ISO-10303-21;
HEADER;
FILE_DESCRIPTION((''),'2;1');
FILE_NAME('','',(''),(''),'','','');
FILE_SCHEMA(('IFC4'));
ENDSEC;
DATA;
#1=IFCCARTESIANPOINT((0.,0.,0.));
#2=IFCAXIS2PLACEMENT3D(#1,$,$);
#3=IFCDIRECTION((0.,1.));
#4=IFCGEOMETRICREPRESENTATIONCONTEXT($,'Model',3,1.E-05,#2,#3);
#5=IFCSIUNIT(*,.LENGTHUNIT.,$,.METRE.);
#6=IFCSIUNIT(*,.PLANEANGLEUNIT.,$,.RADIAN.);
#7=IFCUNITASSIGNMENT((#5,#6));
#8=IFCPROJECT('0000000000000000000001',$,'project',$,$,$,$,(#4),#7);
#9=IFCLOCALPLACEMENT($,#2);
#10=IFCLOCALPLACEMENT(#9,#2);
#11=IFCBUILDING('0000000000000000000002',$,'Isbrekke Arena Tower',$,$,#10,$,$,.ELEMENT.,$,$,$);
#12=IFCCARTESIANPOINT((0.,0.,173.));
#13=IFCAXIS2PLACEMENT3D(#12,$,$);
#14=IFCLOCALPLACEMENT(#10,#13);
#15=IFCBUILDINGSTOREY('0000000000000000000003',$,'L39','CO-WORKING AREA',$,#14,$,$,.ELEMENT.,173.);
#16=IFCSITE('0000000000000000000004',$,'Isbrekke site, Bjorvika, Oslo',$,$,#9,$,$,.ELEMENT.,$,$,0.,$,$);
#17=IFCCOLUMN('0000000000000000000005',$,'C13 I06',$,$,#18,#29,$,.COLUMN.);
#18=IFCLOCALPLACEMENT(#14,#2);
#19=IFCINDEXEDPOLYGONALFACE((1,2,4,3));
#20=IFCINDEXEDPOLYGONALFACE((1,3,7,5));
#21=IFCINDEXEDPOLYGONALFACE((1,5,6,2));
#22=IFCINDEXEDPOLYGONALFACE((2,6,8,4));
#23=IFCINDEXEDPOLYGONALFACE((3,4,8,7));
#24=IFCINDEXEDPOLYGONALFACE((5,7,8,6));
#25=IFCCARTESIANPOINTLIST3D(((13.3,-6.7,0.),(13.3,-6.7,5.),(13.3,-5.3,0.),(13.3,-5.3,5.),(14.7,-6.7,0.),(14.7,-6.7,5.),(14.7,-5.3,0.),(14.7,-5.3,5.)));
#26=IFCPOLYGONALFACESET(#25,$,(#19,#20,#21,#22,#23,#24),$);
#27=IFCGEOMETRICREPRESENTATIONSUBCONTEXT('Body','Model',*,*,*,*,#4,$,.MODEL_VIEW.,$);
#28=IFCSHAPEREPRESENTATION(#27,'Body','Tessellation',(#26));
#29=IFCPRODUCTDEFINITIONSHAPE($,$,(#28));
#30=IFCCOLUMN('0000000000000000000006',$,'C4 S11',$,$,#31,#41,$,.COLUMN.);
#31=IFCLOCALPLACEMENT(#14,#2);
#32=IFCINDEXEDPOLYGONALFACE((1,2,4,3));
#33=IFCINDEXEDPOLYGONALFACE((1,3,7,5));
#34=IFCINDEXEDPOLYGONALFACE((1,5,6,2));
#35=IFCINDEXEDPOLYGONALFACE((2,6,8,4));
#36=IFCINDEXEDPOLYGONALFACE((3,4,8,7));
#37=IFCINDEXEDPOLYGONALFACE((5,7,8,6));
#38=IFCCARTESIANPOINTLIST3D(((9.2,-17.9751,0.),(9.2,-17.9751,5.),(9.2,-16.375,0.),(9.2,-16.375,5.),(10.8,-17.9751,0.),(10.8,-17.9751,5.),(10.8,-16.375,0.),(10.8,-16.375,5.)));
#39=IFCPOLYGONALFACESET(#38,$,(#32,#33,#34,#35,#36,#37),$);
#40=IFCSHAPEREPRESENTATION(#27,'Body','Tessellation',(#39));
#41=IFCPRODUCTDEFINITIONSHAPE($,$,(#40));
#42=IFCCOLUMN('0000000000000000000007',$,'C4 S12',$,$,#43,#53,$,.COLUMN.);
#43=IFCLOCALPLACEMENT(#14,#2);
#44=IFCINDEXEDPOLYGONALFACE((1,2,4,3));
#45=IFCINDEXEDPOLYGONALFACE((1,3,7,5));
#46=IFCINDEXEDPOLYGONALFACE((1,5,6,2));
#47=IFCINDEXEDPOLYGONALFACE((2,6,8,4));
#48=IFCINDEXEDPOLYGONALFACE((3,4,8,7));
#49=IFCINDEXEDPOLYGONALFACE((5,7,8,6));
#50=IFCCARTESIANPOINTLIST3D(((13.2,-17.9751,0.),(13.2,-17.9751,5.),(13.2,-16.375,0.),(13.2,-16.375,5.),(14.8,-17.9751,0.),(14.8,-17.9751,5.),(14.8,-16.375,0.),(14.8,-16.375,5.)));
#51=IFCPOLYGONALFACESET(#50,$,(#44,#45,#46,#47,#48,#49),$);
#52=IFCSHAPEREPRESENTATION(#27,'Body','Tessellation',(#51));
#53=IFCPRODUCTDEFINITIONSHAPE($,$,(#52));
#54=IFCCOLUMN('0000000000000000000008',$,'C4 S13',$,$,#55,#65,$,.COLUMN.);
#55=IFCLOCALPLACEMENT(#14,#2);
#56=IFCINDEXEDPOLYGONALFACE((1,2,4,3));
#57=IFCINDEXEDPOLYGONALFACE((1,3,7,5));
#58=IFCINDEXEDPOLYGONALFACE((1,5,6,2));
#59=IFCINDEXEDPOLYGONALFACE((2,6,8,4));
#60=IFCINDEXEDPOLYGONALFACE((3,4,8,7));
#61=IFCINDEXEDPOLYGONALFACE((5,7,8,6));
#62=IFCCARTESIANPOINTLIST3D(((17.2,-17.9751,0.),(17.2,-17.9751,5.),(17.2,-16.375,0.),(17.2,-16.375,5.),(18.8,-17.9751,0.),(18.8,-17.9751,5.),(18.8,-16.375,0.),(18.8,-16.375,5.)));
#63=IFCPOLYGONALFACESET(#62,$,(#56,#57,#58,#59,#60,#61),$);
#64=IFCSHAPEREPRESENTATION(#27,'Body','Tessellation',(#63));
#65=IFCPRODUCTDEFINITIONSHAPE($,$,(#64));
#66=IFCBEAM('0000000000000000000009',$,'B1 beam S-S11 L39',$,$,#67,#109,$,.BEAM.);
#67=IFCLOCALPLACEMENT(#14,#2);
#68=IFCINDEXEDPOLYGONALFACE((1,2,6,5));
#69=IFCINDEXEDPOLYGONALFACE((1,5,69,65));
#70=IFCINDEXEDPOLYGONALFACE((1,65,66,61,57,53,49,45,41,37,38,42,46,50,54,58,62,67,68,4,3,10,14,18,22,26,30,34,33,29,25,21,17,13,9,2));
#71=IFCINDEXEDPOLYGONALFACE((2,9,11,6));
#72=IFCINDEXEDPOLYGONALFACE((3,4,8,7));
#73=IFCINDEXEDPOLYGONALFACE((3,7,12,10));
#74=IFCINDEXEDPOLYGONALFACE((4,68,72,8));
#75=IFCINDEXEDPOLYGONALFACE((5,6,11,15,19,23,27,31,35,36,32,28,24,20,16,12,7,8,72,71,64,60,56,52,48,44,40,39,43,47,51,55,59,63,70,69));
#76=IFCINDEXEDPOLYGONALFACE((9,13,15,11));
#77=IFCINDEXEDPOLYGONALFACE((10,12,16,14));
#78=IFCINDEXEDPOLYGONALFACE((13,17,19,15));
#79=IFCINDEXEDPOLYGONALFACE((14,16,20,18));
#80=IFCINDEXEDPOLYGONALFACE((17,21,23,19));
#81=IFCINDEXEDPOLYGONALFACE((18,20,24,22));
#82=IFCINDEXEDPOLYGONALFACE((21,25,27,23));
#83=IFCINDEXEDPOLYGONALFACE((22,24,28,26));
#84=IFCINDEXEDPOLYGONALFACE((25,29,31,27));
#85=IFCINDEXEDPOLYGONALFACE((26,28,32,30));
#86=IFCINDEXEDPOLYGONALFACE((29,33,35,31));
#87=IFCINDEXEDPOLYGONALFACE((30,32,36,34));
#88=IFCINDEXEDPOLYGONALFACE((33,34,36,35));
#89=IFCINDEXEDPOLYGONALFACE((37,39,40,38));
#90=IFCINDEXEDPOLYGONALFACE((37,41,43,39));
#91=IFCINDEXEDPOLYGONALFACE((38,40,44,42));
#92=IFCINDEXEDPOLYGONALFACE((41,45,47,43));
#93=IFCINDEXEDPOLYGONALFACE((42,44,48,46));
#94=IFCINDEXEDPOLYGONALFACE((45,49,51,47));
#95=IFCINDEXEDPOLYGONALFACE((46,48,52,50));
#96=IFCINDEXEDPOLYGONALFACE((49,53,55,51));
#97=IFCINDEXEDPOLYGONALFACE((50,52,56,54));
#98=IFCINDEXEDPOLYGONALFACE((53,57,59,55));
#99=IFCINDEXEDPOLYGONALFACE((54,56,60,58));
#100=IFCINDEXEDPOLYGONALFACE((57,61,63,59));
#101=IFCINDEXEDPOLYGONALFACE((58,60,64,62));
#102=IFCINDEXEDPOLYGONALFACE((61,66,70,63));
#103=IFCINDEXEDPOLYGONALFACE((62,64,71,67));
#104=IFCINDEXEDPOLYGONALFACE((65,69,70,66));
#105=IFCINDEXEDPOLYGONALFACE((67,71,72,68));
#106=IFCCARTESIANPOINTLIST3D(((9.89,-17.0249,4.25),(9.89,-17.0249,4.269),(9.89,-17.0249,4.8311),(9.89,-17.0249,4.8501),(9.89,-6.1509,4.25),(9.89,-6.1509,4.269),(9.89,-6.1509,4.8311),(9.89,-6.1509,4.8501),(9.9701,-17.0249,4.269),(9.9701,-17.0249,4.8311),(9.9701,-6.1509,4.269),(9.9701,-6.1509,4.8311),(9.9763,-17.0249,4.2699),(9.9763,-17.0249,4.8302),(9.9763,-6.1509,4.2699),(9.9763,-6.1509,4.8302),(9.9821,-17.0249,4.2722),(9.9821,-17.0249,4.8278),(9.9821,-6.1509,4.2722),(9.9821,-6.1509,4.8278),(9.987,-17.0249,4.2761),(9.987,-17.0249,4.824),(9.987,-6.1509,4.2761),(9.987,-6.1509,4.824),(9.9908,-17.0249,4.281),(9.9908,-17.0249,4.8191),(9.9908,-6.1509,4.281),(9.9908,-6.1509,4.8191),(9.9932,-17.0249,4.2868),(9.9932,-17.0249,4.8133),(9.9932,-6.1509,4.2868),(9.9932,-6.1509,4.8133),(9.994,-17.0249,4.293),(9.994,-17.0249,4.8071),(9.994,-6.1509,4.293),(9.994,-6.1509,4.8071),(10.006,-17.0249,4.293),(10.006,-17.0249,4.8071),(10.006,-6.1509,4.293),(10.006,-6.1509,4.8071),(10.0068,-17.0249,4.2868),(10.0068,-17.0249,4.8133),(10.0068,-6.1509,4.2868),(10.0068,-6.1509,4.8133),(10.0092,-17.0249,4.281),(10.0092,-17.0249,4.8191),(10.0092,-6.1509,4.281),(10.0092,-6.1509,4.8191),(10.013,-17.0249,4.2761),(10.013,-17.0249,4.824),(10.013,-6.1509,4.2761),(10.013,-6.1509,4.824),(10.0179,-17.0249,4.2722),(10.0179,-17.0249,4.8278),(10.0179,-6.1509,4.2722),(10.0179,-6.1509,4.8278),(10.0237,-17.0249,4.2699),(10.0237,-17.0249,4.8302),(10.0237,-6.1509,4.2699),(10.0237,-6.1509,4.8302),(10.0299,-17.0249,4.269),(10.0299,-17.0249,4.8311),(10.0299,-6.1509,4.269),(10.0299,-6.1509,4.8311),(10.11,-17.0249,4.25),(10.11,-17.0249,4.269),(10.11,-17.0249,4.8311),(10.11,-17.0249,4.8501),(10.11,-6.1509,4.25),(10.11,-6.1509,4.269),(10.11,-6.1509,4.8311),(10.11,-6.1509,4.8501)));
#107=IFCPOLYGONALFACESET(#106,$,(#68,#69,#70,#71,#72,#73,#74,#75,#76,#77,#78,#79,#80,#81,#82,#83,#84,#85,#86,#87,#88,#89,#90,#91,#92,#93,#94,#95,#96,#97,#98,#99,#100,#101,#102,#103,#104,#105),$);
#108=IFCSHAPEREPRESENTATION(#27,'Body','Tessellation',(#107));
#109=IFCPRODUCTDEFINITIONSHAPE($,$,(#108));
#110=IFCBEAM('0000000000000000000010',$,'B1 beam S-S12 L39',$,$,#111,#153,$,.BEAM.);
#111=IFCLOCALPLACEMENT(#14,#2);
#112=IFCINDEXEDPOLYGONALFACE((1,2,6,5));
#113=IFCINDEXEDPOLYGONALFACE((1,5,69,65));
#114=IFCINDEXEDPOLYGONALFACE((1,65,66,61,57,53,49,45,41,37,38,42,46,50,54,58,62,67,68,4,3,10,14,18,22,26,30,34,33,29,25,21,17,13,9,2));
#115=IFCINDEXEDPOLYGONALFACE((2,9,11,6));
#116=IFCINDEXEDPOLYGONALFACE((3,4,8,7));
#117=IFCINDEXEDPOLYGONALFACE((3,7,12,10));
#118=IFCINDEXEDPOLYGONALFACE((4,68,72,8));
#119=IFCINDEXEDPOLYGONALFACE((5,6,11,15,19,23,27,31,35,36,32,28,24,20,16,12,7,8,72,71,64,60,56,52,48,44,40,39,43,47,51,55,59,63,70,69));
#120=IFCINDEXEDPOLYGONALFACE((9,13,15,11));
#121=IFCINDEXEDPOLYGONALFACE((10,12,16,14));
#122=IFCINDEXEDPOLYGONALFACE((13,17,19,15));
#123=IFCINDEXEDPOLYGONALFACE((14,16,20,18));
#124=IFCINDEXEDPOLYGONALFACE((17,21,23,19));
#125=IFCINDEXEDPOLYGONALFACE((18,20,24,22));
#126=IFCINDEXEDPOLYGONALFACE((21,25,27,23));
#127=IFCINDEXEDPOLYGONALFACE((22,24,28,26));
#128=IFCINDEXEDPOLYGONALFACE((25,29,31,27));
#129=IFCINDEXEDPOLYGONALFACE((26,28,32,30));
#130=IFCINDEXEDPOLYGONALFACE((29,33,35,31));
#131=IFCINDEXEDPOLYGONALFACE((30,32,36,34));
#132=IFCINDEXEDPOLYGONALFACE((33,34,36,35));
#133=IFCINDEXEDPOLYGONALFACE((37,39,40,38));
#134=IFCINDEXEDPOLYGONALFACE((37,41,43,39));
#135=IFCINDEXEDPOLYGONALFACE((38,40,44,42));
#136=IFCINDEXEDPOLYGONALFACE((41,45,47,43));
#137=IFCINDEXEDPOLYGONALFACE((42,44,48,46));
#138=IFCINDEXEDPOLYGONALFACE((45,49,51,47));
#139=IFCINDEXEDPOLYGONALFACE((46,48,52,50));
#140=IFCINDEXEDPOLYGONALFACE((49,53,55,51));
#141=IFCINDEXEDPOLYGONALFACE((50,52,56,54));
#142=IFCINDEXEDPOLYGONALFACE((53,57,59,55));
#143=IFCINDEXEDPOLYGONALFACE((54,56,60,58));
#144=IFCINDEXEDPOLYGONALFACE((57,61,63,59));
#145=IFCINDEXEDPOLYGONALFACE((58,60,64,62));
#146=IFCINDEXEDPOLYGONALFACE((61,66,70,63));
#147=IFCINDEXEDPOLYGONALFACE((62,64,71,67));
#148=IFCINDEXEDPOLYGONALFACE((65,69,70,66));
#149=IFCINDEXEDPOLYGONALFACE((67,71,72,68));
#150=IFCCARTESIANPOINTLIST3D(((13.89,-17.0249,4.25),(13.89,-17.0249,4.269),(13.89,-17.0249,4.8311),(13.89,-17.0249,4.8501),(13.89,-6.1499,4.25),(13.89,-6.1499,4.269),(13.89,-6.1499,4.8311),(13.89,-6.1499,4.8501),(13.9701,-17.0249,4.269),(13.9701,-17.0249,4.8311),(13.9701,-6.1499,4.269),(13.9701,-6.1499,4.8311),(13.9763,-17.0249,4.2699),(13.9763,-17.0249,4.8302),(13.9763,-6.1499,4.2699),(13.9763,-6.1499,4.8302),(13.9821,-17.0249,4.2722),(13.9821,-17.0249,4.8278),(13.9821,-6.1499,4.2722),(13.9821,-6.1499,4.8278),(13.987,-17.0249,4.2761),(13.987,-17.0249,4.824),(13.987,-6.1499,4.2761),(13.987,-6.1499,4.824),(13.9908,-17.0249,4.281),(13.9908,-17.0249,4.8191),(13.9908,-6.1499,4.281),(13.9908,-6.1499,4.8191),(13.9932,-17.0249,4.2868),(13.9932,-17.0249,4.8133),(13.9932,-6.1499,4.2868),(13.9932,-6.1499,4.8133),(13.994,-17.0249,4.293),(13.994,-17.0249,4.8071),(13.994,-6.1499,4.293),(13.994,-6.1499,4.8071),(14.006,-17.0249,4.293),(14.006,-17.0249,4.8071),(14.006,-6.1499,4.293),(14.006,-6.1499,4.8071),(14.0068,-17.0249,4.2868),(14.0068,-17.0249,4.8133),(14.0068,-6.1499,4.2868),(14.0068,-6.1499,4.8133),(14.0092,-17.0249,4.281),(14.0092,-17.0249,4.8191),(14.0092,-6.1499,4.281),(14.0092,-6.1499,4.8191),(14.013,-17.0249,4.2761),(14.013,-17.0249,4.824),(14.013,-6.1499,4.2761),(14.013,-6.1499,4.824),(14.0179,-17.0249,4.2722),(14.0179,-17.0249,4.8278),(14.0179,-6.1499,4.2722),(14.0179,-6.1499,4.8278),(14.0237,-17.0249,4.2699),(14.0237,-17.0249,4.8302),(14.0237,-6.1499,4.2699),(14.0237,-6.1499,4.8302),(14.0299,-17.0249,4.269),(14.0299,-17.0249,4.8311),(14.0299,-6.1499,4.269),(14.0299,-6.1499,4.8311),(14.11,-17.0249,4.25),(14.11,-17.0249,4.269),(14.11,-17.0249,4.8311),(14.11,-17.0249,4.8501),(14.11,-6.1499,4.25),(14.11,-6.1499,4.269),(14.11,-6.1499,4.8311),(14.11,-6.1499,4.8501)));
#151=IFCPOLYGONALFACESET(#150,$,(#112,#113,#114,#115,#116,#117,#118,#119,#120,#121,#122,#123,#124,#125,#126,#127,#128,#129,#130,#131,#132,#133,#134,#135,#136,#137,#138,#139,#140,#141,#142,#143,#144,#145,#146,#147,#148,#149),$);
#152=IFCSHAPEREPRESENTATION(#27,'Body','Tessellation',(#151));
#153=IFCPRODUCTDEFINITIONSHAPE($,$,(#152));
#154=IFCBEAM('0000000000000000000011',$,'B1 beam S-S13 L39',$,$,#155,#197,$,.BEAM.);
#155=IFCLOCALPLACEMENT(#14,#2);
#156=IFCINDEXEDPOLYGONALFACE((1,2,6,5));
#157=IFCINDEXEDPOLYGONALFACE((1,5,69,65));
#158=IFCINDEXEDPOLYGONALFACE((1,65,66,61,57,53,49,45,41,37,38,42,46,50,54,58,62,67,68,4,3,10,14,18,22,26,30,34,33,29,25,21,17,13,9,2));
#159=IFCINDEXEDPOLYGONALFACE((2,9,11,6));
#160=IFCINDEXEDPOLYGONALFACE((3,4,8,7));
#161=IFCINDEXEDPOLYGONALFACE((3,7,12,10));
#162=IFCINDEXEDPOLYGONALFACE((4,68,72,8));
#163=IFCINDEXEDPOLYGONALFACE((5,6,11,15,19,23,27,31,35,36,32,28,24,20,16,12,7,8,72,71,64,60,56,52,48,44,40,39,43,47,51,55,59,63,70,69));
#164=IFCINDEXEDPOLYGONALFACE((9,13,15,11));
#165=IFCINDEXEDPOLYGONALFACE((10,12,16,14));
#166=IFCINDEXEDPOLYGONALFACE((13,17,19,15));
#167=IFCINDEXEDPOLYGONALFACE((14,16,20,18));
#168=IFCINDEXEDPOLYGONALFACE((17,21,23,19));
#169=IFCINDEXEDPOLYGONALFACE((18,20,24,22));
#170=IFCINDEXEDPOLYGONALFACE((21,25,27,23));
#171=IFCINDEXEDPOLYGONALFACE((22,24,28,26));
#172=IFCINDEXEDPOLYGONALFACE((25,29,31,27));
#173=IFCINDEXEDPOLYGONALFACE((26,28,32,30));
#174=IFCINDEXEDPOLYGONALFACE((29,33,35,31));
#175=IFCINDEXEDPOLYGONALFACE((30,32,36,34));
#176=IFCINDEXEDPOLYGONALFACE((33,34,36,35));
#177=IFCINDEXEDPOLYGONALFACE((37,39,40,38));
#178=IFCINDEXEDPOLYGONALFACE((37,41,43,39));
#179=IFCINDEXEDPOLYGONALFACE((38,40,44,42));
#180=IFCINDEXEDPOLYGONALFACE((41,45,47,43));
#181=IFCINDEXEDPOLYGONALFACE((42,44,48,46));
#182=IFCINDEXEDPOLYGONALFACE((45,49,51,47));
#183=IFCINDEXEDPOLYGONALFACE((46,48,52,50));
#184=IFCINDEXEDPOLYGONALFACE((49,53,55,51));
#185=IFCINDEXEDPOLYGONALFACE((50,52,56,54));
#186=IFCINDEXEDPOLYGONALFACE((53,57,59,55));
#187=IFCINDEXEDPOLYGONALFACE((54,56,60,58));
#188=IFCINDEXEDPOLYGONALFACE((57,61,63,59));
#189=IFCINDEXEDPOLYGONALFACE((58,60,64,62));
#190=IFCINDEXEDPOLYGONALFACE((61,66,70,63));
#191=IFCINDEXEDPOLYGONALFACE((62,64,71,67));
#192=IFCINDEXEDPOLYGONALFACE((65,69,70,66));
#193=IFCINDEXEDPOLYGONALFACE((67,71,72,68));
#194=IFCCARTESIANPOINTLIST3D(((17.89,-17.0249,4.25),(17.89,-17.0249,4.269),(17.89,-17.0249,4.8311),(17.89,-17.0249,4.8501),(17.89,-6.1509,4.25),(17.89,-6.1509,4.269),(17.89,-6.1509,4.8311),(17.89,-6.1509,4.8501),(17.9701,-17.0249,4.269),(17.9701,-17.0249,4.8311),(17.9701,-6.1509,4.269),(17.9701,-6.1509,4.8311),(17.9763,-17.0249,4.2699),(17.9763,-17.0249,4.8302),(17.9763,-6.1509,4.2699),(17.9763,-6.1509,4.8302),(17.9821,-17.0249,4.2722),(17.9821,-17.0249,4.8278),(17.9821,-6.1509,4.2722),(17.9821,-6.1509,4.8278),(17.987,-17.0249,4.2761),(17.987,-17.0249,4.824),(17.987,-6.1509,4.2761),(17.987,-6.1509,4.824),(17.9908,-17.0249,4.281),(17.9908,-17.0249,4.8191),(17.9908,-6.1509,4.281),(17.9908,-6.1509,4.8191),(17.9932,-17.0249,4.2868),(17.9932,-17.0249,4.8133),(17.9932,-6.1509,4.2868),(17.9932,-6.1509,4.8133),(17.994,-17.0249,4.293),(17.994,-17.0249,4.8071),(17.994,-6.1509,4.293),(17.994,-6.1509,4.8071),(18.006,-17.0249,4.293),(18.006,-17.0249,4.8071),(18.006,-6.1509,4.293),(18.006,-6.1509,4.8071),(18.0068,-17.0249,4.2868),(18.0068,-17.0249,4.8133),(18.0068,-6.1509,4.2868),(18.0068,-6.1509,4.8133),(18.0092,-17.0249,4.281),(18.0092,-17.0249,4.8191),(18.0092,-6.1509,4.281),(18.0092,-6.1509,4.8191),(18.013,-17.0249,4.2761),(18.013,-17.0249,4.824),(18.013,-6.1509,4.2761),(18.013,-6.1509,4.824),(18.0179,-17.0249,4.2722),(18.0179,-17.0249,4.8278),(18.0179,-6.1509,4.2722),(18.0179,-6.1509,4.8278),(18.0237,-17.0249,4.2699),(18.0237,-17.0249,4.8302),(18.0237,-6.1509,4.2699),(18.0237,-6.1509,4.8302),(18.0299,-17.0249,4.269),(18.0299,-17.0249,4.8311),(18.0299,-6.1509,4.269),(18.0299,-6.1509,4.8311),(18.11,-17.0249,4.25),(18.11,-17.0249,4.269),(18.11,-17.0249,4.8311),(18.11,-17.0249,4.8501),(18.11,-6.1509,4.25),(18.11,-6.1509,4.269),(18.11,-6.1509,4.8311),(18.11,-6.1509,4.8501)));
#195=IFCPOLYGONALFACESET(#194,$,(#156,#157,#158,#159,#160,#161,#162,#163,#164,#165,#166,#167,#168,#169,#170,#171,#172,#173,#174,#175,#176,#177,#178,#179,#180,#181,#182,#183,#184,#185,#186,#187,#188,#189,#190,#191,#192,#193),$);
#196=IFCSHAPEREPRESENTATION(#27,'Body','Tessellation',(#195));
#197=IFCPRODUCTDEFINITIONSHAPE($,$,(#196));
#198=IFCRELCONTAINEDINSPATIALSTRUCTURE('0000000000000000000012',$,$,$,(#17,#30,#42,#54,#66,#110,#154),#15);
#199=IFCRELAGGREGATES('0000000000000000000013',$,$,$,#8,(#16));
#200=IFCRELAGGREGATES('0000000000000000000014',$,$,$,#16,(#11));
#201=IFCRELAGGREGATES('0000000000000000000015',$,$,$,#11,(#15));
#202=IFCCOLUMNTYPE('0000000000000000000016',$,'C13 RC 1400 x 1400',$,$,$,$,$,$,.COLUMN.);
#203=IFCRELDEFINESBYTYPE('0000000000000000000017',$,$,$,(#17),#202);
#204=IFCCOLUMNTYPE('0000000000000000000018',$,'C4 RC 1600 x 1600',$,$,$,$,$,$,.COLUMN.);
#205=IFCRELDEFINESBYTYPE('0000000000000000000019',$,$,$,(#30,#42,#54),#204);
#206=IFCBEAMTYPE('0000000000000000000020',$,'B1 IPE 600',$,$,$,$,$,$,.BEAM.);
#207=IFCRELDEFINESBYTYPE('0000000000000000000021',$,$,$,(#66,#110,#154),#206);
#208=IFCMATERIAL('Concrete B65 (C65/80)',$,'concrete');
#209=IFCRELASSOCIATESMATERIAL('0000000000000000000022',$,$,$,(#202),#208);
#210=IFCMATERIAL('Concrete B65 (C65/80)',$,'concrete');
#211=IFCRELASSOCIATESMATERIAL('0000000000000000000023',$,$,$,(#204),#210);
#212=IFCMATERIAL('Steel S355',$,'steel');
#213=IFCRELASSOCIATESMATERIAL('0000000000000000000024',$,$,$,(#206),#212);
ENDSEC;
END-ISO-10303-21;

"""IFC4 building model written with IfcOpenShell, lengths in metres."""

from ifc_helpers import new_model, si_unit, direction, frame, origin, origin_2d, place, context, subcontext, project, spatial, rectangle, i_section, extrude, material, material_profile, profile_set, type_object, element, save


model = new_model("IFC4")

# Units and contexts
model_context = context("Model", 3, precision=1e-05, world=origin(), true_north=direction((0.0, 1.0)))
body_context = subcontext(model_context, "Body", "Model", "MODEL_VIEW")
ifc_project = project(units=[si_unit("LENGTHUNIT", "METRE"), si_unit("PLANEANGLEUNIT", "RADIAN")], contexts=[model_context])

# Site, building, storey
site_placement = place(None, origin())
site = spatial("IfcSite", under=ifc_project, at=site_placement, Name="Isbrekke site, Bjorvika, Oslo", CompositionType="ELEMENT", RefElevation=0.0)
building_placement = place(site_placement, origin())
building = spatial("IfcBuilding", under=site, at=building_placement, Name="Isbrekke Arena Tower", CompositionType="ELEMENT")
storey_placement = place(building_placement, frame((0.0, 0.0, 173.0)))
storey = spatial("IfcBuildingStorey", under=building, at=storey_placement, Name="L39", Description="CO-WORKING AREA", CompositionType="ELEMENT", Elevation=173.0)

# Columns
ifc_material_1 = material(Name="Concrete B65 (C65/80)", Category="concrete")
ifc_material_profile_1 = material_profile(ifc_material_1, rectangle(XDim=1.3999, YDim=1.3999, at=origin_2d()), Name="RC 1400x1400")
ifc_profile_set_1 = profile_set([ifc_material_profile_1], Name="Concrete B65 (C65/80)")
column_type_1 = type_object("IfcColumnType", Name="C13 RC 1400 x 1400", PredefinedType="COLUMN", material=ifc_profile_set_1)
column_placement = place(storey_placement, frame((14.0, -6.0, 0.0), z_axis=(0.0, 0.0, 1.0), x_axis=(1.0, 0.0, 0.0)))
element("IfcColumn", 1, at=column_placement, inside=storey, type_object=column_type_1, Name="C13 I06", PredefinedType="COLUMN", context=body_context, shape_type="SweptSolid", body=[
    extrude(rectangle(XDim=1.3999, YDim=1.3999, at=origin_2d()), origin(), (0.0, 0.0, 1.0), 5.0),
])
ifc_material_2 = material(Name="Concrete B65 (C65/80)", Category="concrete")
ifc_material_profile_2 = material_profile(ifc_material_2, rectangle(XDim=1.6001, YDim=1.6001, at=origin_2d()), Name="RC 1600x1600")
ifc_profile_set_2 = profile_set([ifc_material_profile_2], Name="Concrete B65 (C65/80)")
column_type_2 = type_object("IfcColumnType", Name="C4 RC 1600 x 1600", PredefinedType="COLUMN", material=ifc_profile_set_2)
for number, where, z_axis, x_axis, name in (
    (2, (10.0, -17.175, 0.0), (0.0, 0.0, 1.0), (1.0, 0.0, 0.0), "C4 S11"),
    (3, (14.0, -17.175, 0.0), (0.0, 0.0, 1.0), (1.0, 0.0, 0.0), "C4 S12"),
    (4, (18.0, -17.175, 0.0), (0.0, 0.0, 1.0), (1.0, 0.0, 0.0), "C4 S13"),
):
    element("IfcColumn", number, at=place(storey_placement, frame(where, z_axis=z_axis, x_axis=x_axis)), inside=storey, type_object=column_type_2, Name=name, PredefinedType="COLUMN", context=body_context, shape_type="SweptSolid", body=[
        extrude(rectangle(XDim=1.6001, YDim=1.6001, at=origin_2d()), origin(), (0.0, 0.0, 1.0), 5.0),
    ])

# Beams
ifc_material_3 = material(Name="Steel S355", Category="steel")
ifc_material_profile_3 = material_profile(ifc_material_3, i_section(OverallWidth=0.22, OverallDepth=0.6001, WebThickness=0.012, FlangeThickness=0.019, FilletRadius=0.0239, at=origin_2d()), Name="IPE 600")
ifc_profile_set_3 = profile_set([ifc_material_profile_3], Name="Steel S355")
beam_type_1 = type_object("IfcBeamType", Name="B1 IPE 600", PredefinedType="BEAM", material=ifc_profile_set_3)
beam_1_placement = place(storey_placement, frame((10.0, -17.0249, 4.55), z_axis=(0.0, 1.0, 0.0), x_axis=(-1.0, 0.0, 0.0)))
element("IfcBeam", 5, at=beam_1_placement, inside=storey, type_object=beam_type_1, Name="B1 beam S-S11 L39", PredefinedType="BEAM", context=body_context, shape_type="SweptSolid", body=[
    extrude(i_section(OverallWidth=0.22, OverallDepth=0.6001, WebThickness=0.012, FlangeThickness=0.019, FilletRadius=0.0239, at=origin_2d()), origin(), (0.0, 0.0, 1.0), 10.874),
])
beam_2_placement = place(storey_placement, frame((14.0, -17.0249, 4.55), z_axis=(0.0, 1.0, 0.0), x_axis=(-1.0, 0.0, 0.0)))
element("IfcBeam", 6, at=beam_2_placement, inside=storey, type_object=beam_type_1, Name="B1 beam S-S12 L39", PredefinedType="BEAM", context=body_context, shape_type="SweptSolid", body=[
    extrude(i_section(OverallWidth=0.22, OverallDepth=0.6001, WebThickness=0.012, FlangeThickness=0.019, FilletRadius=0.0239, at=origin_2d()), origin(), (0.0, 0.0, 1.0), 10.875),
])
beam_3_placement = place(storey_placement, frame((18.0, -17.0249, 4.55), z_axis=(0.0, 1.0, 0.0), x_axis=(-1.0, 0.0, 0.0)))
element("IfcBeam", 7, at=beam_3_placement, inside=storey, type_object=beam_type_1, Name="B1 beam S-S13 L39", PredefinedType="BEAM", context=body_context, shape_type="SweptSolid", body=[
    extrude(i_section(OverallWidth=0.22, OverallDepth=0.6001, WebThickness=0.012, FlangeThickness=0.019, FilletRadius=0.0239, at=origin_2d()), origin(), (0.0, 0.0, 1.0), 10.874),
])

save(model, "model.ifc")
